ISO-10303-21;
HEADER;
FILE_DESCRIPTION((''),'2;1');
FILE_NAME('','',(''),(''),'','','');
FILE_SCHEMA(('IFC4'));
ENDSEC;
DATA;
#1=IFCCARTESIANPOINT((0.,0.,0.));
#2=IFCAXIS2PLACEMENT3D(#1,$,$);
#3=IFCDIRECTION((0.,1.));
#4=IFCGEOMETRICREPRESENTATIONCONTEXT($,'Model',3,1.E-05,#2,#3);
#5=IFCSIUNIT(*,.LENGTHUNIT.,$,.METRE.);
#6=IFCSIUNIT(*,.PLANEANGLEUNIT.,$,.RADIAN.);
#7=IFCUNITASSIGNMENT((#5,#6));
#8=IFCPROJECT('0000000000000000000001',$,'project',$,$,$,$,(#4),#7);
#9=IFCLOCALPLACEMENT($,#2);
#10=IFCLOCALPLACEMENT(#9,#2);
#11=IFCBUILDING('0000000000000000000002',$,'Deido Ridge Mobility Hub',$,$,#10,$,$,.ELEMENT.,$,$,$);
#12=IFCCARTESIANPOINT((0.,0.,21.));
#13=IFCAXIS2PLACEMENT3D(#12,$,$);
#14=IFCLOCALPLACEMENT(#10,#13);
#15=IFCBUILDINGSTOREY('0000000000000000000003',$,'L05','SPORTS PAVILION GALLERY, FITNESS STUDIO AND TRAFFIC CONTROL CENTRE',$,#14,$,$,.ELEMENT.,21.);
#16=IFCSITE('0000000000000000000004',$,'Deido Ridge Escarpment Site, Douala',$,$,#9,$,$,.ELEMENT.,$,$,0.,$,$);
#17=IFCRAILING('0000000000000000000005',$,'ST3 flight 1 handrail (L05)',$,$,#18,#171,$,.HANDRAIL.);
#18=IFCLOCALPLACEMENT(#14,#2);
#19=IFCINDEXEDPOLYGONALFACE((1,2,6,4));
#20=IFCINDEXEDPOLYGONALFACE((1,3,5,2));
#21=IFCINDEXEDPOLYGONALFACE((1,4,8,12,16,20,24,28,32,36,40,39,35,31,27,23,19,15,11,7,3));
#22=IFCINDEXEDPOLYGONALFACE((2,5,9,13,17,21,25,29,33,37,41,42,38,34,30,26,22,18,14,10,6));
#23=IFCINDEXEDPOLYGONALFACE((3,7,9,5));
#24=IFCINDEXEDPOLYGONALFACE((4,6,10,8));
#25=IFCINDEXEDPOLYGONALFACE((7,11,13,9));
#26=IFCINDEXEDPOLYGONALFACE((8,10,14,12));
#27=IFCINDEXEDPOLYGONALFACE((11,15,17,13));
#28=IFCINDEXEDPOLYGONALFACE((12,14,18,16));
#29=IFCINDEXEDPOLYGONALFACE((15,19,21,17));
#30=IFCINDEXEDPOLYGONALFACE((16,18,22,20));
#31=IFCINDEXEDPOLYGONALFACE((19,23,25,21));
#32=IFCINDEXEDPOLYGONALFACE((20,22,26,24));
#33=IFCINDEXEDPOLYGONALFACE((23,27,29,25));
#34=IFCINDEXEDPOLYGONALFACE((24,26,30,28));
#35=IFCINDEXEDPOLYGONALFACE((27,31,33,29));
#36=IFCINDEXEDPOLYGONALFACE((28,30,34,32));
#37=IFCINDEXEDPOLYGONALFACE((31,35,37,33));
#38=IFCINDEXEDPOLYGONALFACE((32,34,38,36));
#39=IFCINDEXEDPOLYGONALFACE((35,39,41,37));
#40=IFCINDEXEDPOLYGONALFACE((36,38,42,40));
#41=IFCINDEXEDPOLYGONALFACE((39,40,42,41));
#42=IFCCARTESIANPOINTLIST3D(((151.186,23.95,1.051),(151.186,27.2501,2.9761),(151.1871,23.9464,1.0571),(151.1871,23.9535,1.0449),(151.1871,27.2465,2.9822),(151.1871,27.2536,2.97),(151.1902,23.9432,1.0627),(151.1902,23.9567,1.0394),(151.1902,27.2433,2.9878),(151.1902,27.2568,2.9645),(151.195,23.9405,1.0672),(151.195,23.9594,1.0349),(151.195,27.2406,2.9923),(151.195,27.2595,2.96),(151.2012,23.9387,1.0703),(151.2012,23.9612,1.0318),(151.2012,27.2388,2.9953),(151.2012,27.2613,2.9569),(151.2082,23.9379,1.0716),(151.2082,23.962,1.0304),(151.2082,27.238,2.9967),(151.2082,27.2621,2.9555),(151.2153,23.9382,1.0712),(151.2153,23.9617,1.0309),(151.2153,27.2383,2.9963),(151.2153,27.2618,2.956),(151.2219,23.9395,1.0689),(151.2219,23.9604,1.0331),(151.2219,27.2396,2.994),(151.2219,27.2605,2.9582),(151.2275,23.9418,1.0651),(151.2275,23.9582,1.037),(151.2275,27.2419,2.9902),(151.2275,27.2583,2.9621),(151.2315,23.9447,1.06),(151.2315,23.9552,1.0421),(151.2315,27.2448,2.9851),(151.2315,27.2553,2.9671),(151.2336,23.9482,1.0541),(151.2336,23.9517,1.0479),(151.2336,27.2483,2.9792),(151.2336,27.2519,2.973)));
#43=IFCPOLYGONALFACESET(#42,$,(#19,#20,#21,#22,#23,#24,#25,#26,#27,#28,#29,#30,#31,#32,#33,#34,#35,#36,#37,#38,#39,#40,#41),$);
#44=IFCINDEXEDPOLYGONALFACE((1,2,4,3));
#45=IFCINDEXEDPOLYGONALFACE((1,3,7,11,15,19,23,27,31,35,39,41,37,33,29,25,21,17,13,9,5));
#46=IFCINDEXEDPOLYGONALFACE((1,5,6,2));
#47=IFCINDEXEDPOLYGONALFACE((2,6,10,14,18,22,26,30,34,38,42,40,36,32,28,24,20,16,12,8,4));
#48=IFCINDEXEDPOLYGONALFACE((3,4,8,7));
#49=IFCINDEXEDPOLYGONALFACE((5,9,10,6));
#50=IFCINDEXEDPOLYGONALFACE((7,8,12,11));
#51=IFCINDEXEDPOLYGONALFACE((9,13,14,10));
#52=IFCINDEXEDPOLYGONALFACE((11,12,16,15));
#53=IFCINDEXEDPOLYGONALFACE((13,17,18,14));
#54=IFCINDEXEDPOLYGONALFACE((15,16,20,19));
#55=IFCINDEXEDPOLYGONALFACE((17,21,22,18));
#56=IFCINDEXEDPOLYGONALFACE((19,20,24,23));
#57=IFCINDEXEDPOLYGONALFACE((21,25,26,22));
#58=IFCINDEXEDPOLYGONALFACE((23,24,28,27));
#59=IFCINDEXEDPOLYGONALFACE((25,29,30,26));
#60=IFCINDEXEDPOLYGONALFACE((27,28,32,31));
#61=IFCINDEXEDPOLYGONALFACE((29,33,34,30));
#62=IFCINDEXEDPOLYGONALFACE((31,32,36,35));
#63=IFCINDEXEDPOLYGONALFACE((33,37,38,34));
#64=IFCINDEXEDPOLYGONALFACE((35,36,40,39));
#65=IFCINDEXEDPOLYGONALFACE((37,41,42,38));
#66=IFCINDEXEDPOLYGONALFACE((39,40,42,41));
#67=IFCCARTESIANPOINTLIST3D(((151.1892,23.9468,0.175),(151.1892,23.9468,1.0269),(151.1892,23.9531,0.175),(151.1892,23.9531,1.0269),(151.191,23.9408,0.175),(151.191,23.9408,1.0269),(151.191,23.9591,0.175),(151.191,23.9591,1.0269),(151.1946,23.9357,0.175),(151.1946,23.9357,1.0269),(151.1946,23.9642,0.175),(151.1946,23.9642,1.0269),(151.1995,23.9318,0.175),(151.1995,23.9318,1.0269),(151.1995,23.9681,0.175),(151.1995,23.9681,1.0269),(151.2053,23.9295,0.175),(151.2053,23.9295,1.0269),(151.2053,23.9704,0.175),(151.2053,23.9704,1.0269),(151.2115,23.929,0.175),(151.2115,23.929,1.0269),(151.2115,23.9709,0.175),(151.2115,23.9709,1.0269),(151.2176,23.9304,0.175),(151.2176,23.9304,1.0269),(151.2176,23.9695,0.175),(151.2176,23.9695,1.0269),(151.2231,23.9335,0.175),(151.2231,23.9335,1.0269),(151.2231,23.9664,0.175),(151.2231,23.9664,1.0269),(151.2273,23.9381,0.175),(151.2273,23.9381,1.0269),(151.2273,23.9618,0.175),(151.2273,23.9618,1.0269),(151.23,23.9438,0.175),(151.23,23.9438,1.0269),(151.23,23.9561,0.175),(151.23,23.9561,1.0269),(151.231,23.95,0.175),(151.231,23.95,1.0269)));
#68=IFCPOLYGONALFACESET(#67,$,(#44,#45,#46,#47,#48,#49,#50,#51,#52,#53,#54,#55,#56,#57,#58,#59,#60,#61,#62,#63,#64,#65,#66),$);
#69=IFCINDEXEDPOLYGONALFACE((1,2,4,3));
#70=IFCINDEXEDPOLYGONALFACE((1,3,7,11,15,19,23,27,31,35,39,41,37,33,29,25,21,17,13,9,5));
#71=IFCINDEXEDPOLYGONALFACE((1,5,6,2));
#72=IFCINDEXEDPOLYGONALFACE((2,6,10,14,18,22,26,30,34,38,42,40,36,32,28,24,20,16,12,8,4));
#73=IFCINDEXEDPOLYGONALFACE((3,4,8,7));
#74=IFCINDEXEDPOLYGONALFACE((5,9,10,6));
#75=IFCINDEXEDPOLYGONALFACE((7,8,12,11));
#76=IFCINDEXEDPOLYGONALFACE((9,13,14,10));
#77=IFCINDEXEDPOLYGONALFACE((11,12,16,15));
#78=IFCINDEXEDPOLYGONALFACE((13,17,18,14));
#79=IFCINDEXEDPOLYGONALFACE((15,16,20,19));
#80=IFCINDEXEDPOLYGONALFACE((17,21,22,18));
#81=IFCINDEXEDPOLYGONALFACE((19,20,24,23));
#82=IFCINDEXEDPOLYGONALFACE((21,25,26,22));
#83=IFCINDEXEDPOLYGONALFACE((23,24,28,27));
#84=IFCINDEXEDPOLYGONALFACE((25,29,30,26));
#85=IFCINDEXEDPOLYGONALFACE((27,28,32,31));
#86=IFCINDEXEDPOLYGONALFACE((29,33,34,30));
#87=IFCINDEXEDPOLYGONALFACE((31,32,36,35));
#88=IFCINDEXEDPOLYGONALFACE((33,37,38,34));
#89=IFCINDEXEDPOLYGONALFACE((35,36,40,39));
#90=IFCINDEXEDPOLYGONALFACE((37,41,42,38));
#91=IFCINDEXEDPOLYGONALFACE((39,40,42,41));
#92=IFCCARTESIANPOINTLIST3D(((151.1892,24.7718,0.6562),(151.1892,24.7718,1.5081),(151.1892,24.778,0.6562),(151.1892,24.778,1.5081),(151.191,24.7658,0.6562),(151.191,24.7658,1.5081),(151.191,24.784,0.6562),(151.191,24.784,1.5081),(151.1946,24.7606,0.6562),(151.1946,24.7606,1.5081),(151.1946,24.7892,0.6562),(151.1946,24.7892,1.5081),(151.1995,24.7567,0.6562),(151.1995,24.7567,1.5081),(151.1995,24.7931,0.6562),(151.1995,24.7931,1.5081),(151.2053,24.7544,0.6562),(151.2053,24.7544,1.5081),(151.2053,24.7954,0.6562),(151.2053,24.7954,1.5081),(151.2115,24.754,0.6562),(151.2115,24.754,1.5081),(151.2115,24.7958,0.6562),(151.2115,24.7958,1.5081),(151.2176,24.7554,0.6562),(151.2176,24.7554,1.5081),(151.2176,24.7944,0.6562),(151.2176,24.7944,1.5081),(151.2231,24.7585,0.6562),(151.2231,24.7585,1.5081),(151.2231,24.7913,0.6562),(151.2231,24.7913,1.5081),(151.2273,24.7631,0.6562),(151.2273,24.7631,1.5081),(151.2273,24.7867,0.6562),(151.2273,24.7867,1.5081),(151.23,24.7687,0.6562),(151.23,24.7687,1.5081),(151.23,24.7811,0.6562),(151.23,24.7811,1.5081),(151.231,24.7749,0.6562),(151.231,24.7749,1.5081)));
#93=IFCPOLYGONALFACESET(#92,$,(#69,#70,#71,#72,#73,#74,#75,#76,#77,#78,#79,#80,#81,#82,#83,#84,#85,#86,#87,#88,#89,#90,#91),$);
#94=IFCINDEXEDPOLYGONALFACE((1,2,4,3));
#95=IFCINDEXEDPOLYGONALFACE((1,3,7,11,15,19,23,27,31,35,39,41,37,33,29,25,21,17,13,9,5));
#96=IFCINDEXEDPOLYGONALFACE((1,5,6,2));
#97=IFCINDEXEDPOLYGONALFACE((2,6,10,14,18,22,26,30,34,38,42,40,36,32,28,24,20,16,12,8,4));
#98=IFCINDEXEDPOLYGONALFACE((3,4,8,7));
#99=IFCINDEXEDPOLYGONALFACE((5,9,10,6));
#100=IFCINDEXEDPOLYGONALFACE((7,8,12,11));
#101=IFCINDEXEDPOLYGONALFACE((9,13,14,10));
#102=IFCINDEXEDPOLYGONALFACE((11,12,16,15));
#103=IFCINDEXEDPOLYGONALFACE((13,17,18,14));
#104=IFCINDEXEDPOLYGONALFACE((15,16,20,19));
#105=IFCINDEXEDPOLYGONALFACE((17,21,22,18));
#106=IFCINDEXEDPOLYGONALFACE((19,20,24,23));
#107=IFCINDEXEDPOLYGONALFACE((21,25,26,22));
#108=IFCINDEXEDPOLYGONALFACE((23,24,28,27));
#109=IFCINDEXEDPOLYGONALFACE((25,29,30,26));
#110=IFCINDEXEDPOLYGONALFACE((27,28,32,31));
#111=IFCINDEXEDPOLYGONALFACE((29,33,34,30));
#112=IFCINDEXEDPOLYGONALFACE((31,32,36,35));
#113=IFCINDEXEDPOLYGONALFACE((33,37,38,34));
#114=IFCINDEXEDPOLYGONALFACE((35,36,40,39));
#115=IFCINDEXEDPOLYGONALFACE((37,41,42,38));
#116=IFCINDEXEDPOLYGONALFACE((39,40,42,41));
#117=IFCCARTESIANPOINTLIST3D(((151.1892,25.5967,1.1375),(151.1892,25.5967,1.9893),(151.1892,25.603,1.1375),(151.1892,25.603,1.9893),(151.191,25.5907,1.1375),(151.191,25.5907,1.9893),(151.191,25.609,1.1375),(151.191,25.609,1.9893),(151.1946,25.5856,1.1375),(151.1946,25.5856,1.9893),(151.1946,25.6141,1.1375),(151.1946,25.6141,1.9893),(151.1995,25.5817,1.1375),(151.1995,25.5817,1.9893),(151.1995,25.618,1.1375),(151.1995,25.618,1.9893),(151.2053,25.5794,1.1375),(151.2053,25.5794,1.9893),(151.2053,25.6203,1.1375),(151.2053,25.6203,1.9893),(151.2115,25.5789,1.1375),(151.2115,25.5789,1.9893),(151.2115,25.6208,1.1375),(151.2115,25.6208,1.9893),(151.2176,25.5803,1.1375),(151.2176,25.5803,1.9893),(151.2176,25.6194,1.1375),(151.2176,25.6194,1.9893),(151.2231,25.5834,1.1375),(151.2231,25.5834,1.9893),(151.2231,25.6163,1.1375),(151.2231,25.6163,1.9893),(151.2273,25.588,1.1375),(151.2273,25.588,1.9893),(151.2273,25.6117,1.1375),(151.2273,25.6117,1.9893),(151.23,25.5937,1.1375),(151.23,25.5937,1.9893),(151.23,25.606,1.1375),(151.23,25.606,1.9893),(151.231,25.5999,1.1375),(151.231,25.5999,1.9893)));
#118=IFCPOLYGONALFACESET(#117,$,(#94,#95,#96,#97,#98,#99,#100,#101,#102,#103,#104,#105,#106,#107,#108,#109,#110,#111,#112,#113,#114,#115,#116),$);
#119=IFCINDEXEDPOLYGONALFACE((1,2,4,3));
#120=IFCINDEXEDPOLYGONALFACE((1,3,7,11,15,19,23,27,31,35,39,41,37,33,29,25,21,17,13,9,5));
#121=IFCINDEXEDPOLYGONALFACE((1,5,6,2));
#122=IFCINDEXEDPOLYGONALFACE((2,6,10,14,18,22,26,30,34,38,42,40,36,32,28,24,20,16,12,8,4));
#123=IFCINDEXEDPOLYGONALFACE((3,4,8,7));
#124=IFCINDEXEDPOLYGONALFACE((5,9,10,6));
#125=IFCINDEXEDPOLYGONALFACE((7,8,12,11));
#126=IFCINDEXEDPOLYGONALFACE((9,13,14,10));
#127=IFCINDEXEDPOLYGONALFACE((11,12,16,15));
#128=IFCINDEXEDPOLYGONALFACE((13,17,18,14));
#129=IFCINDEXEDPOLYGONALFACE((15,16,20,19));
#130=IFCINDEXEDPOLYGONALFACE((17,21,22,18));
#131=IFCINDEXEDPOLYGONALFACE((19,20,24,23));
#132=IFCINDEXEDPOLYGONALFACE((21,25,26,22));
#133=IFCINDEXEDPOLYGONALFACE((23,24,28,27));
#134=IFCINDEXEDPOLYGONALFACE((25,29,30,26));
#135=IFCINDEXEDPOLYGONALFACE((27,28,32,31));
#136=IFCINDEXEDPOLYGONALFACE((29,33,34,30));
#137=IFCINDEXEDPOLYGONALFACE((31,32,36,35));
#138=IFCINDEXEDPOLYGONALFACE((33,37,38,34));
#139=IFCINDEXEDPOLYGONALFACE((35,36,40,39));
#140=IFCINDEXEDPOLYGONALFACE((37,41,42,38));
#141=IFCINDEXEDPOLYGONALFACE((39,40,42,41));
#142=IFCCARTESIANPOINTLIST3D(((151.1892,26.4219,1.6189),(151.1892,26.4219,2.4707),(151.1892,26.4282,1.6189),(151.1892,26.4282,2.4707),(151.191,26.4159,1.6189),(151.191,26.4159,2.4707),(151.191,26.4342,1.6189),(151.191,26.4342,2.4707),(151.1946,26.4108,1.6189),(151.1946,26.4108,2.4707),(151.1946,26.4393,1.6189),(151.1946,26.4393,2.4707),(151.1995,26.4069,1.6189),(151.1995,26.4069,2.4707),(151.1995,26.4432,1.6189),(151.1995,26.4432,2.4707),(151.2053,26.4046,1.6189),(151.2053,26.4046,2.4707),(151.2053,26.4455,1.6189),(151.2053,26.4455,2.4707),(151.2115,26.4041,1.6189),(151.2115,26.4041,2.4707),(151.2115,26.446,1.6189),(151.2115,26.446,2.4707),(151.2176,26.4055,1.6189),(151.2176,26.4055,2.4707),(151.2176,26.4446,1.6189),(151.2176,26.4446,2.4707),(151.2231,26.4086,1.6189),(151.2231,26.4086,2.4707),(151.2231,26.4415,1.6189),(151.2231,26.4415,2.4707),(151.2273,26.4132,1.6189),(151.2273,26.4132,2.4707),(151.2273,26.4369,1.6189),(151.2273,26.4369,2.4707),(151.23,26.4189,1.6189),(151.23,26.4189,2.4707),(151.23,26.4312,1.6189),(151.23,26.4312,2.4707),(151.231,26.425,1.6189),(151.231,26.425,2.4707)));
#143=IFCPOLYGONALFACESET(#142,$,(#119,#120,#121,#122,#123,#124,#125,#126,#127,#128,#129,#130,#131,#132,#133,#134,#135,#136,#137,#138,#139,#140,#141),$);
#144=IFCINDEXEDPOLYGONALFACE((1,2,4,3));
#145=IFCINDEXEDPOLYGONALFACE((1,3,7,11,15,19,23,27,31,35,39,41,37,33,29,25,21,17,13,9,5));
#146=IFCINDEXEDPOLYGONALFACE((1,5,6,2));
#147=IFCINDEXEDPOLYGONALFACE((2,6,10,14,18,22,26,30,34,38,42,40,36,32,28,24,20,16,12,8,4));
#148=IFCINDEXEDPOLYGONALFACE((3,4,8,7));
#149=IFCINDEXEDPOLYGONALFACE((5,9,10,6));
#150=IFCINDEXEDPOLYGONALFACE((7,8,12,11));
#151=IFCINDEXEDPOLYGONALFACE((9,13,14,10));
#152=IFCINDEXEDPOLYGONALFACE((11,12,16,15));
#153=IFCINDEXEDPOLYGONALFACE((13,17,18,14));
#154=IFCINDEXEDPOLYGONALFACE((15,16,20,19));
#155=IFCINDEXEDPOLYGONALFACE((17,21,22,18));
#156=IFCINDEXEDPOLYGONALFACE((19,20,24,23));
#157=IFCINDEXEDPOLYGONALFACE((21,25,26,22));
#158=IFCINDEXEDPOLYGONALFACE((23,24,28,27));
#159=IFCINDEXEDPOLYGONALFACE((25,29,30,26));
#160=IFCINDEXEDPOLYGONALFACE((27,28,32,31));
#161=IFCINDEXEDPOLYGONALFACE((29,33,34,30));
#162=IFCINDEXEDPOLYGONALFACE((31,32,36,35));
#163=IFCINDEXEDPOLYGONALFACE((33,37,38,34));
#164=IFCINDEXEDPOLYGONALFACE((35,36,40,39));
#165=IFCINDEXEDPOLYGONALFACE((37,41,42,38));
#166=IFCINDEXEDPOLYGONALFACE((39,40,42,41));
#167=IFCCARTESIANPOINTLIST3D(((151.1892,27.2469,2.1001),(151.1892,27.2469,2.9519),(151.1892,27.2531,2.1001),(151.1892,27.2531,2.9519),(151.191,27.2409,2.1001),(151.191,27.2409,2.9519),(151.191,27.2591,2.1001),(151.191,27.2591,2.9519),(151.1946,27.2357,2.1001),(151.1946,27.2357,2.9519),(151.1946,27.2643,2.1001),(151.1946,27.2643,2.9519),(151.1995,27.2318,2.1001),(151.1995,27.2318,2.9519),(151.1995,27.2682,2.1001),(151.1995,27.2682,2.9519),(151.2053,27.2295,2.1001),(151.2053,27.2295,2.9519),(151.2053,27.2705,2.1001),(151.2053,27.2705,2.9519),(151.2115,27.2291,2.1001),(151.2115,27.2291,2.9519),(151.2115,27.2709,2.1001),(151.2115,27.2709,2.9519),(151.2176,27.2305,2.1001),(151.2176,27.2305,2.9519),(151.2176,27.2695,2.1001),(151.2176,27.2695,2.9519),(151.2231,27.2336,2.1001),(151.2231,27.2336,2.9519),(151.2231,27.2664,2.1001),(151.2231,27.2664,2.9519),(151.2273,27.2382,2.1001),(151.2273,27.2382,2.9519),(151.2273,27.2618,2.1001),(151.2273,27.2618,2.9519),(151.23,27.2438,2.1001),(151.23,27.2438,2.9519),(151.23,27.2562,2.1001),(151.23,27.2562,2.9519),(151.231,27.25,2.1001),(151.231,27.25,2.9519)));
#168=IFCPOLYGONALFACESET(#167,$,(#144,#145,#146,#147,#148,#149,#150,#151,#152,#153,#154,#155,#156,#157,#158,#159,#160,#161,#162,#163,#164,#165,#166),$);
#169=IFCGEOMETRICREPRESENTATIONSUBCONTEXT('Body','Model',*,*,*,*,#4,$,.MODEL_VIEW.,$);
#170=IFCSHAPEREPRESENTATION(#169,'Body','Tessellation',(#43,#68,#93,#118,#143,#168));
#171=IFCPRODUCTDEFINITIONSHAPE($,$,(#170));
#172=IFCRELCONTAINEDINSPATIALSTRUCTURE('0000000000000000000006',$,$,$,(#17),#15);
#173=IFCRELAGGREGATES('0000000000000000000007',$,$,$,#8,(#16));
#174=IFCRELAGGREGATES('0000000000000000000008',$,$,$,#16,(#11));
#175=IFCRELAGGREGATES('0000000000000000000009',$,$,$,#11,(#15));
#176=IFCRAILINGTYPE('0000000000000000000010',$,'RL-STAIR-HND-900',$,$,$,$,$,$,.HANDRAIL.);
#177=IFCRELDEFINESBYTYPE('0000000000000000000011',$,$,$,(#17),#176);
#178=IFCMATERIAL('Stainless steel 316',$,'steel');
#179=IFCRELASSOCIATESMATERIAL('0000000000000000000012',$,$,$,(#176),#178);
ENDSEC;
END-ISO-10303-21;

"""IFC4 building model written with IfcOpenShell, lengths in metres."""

from ifc_helpers import new_model, si_unit, direction, frame, origin, origin_2d, place, context, subcontext, project, spatial, circle, extrude, material, type_object, element, save


model = new_model("IFC4")

# Units and contexts
model_context = context("Model", 3, precision=1e-05, world=origin(), true_north=direction((0.0, 1.0)))
body_context = subcontext(model_context, "Body", "Model", "MODEL_VIEW")
ifc_project = project(units=[si_unit("LENGTHUNIT", "METRE"), si_unit("PLANEANGLEUNIT", "RADIAN")], contexts=[model_context])

# Site, building, storey
site_placement = place(None, origin())
site = spatial("IfcSite", under=ifc_project, at=site_placement, Name="Deido Ridge Escarpment Site, Douala", CompositionType="ELEMENT", RefElevation=0.0)
building_placement = place(site_placement, origin())
building = spatial("IfcBuilding", under=site, at=building_placement, Name="Deido Ridge Mobility Hub", CompositionType="ELEMENT")
storey_placement = place(building_placement, frame((0.0, 0.0, 21.0)))
storey = spatial("IfcBuildingStorey", under=building, at=storey_placement, Name="L05", Description="SPORTS PAVILION GALLERY, FITNESS STUDIO AND TRAFFIC CONTROL CENTRE", CompositionType="ELEMENT", Elevation=21.0)

# Shared definitions
ifc_material_1 = material(Name="Stainless steel 316", Category="steel")

# Railing
railing_type_1 = type_object("IfcRailingType", Name="RL-STAIR-HND-900", PredefinedType="HANDRAIL", material=ifc_material_1)
railing_1_placement = place(storey_placement, frame((151.21, 23.95, 0.175)))
element("IfcRailing", 1, at=railing_1_placement, inside=storey, type_object=railing_type_1, Name="ST3 flight 1 handrail (L05)", PredefinedType="HANDRAIL", context=body_context, shape_type="SweptSolid", body=[
    extrude(circle(Radius=0.0239, at=origin_2d()), frame((0.0, 0.0, 0.876), z_axis=(0.0, 0.863777, 0.503875), x_axis=(-1.0, 0.0, 0.0)), (0.0, 0.0, 1.0), 3.8206),
    extrude(circle(Radius=0.021, at=origin_2d()), origin(), (0.0, 0.0, 1.0), 0.8518),
    extrude(circle(Radius=0.021, at=origin_2d()), frame((0.0, 0.825, 0.4812)), (0.0, 0.0, 1.0), 0.8518),
    extrude(circle(Radius=0.021, at=origin_2d()), frame((0.0, 1.6499, 0.9624)), (0.0, 0.0, 1.0), 0.8518),
    extrude(circle(Radius=0.021, at=origin_2d()), frame((0.0, 2.4751, 1.4438)), (0.0, 0.0, 1.0), 0.8518),
    extrude(circle(Radius=0.021, at=origin_2d()), frame((0.0, 3.3, 1.925)), (0.0, 0.0, 1.0), 0.8518),
])

save(model, "model.ifc")
